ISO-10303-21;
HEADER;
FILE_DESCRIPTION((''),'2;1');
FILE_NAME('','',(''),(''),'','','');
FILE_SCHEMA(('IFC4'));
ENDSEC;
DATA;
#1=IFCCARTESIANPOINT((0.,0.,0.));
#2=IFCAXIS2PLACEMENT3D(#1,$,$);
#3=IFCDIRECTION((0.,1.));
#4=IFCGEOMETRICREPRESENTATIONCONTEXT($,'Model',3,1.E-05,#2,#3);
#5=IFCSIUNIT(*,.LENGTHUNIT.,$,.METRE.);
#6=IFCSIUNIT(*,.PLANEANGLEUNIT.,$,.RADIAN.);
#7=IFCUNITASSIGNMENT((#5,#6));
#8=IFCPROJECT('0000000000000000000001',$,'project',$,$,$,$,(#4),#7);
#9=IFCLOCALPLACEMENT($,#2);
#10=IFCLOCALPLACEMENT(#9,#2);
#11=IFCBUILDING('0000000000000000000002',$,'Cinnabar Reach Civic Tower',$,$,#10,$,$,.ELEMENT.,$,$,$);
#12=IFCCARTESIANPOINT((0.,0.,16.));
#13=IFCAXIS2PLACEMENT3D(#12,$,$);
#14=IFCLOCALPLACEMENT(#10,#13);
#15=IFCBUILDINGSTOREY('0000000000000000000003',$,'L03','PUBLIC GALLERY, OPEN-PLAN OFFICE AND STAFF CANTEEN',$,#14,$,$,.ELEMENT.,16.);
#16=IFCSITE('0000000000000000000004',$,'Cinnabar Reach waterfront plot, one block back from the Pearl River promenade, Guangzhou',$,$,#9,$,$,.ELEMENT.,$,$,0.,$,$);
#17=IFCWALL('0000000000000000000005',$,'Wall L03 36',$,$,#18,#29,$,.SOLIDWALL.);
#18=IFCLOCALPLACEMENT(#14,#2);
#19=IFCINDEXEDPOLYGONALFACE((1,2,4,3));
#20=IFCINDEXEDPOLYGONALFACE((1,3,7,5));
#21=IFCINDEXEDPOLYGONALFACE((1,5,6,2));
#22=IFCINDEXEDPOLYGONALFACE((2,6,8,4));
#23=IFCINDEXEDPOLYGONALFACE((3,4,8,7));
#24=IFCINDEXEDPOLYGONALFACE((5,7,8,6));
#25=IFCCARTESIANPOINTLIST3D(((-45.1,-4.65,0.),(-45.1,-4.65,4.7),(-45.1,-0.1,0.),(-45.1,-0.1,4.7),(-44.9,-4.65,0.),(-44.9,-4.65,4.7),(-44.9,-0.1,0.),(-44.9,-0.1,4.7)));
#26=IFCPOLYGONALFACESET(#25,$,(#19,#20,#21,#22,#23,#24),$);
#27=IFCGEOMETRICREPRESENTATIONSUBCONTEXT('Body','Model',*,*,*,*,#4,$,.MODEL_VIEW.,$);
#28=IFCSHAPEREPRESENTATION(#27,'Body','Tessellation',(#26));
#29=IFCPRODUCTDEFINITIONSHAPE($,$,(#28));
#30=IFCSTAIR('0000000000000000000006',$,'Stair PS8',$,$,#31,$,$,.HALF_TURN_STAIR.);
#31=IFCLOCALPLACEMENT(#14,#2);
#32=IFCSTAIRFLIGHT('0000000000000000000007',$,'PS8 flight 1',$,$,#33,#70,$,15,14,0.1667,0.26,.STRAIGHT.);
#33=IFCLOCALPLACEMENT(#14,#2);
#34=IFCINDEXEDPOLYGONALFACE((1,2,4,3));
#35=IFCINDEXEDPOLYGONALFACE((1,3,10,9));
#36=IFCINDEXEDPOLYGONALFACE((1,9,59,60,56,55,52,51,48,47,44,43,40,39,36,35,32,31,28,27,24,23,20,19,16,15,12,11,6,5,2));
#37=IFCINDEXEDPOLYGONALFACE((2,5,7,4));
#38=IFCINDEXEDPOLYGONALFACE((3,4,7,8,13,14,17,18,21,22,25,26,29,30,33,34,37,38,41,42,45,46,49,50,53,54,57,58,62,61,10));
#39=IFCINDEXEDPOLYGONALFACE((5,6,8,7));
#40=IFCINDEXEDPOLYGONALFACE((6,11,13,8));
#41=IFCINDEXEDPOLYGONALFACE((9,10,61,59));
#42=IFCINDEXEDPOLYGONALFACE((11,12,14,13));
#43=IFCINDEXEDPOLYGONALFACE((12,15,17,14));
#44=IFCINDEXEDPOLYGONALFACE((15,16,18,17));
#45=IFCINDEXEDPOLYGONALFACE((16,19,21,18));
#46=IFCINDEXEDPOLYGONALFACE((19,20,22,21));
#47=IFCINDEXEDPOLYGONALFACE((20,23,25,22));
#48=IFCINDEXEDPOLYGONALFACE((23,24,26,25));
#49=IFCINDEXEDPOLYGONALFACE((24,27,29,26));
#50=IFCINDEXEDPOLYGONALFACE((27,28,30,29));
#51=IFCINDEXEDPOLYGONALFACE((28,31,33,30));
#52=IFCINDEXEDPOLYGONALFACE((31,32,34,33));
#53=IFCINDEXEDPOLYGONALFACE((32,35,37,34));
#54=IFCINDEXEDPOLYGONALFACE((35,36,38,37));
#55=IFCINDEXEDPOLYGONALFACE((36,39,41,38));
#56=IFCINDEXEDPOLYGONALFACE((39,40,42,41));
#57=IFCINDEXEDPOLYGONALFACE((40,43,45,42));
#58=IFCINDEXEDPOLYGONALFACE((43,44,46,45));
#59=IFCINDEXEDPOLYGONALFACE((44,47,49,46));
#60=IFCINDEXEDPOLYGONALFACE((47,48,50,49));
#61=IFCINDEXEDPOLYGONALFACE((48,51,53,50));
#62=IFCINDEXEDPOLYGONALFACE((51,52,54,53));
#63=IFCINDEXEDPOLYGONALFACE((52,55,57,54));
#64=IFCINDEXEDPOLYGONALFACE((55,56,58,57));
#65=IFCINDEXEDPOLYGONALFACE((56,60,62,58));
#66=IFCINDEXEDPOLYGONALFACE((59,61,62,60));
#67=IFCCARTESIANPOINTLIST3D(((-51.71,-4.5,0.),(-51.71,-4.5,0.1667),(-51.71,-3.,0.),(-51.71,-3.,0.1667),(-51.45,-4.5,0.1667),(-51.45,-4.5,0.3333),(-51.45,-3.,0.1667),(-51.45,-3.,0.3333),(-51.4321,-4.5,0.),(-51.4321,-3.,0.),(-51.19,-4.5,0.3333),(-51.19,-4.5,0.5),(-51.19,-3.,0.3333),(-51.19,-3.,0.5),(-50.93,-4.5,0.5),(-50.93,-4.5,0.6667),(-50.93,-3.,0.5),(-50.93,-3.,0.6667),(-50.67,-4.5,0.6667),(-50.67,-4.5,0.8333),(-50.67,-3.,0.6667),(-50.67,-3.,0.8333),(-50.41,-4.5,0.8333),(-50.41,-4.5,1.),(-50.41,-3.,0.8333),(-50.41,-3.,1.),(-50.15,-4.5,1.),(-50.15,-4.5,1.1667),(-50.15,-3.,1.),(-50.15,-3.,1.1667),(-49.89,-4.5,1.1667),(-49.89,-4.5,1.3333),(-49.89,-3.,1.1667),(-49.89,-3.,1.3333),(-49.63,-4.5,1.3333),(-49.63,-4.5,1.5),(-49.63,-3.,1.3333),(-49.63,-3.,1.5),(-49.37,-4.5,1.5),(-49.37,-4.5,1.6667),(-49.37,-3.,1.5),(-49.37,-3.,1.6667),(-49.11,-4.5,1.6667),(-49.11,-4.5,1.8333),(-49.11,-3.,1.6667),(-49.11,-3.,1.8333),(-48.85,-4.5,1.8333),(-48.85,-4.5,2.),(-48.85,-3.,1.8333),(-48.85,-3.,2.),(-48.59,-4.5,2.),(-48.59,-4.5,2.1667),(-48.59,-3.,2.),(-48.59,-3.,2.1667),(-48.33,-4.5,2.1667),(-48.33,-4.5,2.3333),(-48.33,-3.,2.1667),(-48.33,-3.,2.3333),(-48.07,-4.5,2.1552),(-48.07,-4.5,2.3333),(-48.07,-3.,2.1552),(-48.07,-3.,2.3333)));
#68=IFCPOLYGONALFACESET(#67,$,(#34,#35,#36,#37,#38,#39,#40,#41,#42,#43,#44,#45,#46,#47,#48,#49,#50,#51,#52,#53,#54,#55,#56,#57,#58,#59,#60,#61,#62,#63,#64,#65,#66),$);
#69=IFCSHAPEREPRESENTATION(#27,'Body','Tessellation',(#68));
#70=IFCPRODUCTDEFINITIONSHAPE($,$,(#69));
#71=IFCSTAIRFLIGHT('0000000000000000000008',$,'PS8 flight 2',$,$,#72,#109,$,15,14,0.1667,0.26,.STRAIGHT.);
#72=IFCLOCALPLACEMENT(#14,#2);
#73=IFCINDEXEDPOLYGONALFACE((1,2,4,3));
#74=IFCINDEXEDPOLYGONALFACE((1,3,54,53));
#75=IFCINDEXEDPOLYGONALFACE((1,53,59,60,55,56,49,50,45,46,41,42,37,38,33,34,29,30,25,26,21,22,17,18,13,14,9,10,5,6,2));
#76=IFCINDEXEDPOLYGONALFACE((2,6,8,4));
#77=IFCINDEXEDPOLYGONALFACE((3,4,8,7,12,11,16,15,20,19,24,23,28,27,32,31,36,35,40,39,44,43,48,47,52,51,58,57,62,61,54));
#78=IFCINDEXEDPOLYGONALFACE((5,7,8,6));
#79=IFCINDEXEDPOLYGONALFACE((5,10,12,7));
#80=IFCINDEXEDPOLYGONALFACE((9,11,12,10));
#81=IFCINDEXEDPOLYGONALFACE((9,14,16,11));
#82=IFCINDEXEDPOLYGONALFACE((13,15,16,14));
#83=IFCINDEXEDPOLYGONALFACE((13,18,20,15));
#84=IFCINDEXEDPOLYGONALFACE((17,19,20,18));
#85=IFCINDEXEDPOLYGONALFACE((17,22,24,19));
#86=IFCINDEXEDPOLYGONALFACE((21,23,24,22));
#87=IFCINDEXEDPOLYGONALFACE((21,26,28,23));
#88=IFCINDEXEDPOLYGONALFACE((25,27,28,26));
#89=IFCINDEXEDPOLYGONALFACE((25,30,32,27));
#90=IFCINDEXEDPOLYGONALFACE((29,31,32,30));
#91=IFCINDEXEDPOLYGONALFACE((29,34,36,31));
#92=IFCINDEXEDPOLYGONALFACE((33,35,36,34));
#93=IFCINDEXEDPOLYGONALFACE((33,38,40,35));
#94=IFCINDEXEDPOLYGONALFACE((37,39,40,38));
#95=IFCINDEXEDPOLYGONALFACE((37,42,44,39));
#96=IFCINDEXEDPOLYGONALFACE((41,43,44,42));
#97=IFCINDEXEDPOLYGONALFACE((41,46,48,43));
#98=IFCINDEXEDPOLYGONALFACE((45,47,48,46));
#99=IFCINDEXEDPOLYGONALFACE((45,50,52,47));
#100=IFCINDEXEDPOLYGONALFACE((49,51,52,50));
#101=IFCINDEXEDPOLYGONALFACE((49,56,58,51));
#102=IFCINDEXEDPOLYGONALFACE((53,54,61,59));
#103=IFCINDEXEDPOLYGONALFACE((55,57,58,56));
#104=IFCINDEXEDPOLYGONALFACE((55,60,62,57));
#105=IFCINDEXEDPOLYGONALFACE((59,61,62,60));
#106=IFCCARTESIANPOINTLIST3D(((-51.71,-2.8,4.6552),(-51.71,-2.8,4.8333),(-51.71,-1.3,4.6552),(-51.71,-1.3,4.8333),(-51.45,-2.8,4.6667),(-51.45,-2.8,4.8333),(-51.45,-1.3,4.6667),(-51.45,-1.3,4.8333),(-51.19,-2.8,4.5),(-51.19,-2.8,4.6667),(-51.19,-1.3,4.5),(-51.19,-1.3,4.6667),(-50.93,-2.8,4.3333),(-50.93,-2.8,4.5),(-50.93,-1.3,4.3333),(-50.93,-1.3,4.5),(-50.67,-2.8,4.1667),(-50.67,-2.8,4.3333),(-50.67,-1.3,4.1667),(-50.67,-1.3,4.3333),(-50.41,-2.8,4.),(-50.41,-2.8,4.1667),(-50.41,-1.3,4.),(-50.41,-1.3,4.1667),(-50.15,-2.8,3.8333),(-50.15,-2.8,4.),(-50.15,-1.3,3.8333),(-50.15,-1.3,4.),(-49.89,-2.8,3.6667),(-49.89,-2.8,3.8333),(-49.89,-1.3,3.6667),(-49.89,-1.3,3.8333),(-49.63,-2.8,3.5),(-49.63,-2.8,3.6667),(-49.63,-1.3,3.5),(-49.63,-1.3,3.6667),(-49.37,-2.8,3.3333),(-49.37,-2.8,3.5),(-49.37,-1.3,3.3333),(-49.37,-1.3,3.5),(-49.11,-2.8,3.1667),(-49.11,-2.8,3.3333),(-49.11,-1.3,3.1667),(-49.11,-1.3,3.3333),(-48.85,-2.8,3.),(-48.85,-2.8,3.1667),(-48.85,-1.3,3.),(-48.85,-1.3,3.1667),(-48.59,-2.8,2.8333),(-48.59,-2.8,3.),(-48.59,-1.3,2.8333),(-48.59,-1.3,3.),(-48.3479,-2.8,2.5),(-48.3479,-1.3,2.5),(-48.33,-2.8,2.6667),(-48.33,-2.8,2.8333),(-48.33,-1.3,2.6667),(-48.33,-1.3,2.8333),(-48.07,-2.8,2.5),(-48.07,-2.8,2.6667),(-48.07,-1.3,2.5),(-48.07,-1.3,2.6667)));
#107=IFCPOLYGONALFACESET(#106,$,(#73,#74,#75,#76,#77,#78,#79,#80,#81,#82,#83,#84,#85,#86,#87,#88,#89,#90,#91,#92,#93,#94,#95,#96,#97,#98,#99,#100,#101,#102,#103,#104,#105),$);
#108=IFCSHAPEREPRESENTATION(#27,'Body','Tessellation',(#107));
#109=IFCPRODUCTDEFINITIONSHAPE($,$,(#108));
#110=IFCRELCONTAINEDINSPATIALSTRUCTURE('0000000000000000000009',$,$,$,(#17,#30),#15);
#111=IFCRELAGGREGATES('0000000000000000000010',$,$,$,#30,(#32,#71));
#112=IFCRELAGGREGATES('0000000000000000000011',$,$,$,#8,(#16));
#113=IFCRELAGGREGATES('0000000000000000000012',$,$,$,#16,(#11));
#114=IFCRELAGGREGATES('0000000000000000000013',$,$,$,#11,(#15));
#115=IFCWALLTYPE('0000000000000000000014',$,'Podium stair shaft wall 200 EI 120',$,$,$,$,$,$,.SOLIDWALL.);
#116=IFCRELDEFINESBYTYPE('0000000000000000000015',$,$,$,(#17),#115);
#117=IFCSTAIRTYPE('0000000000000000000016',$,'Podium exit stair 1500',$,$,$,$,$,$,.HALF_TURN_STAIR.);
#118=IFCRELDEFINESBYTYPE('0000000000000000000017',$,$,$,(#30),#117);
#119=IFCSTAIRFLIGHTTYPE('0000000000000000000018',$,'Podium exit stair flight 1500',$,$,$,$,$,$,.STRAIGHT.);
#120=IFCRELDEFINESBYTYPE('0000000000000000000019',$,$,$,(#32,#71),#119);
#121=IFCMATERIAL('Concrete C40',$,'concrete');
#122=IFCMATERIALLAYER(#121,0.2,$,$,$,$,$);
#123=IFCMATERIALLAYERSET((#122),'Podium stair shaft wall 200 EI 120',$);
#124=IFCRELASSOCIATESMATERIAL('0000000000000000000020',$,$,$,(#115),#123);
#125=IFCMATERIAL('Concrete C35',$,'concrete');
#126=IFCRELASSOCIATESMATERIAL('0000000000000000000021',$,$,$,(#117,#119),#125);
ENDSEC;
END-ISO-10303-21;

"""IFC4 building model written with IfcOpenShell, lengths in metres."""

from ifc_helpers import new_model, si_unit, direction, frame, frame_2d, origin, place, context, subcontext, project, spatial, polyline, rectangle, outline, extrude, material, layer, layer_set, type_object, element, aggregate, save


model = new_model("IFC4")

# Units and contexts
model_context = context("Model", 3, precision=1e-05, world=origin(), true_north=direction((0.0, 1.0)))
body_context = subcontext(model_context, "Body", "Model", "MODEL_VIEW")
ifc_project = project(units=[si_unit("LENGTHUNIT", "METRE"), si_unit("PLANEANGLEUNIT", "RADIAN")], contexts=[model_context])

# Site, building, storey
site_placement = place(None, origin())
site = spatial("IfcSite", under=ifc_project, at=site_placement, Name="Cinnabar Reach waterfront plot, one block back from the Pearl River promenade, Guangzhou", CompositionType="ELEMENT", RefElevation=0.0)
building_placement = place(site_placement, origin())
building = spatial("IfcBuilding", under=site, at=building_placement, Name="Cinnabar Reach Civic Tower", CompositionType="ELEMENT")
storey_placement = place(building_placement, frame((0.0, 0.0, 16.0)))
storey = spatial("IfcBuildingStorey", under=building, at=storey_placement, Name="L03", Description="PUBLIC GALLERY, OPEN-PLAN OFFICE AND STAFF CANTEEN", CompositionType="ELEMENT", Elevation=16.0)

# Shared definitions
ifc_material_1 = material(Name="Concrete C40", Category="concrete")
ifc_layer_1 = layer(ifc_material_1, 0.2)
ifc_layer_set_1 = layer_set([ifc_layer_1], Name="Podium stair shaft wall 200 EI 120")
wall_type_1 = type_object("IfcWallType", Name="Podium stair shaft wall 200 EI 120", PredefinedType="SOLIDWALL", material=ifc_layer_set_1)

# Wall
wall_1_placement = place(storey_placement, frame((-45.0, -4.65, 0.0), z_axis=(0.0, 0.0, 1.0), x_axis=(0.0, 1.0, 0.0)))
element("IfcWall", 1, at=wall_1_placement, inside=storey, type_object=wall_type_1, Name="Wall L03 36", PredefinedType="SOLIDWALL", context=body_context, shape_type="SweptSolid", body=[
    extrude(rectangle(XDim=4.55, YDim=0.2, at=frame_2d((2.275, 0.0))), origin(), (0.0, 0.0, 1.0), 4.7),
])

# Stair, stair flights
ifc_material_2 = material(Name="Concrete C35", Category="concrete")
stair_type = type_object("IfcStairType", Name="Podium exit stair 1500", PredefinedType="HALF_TURN_STAIR", material=ifc_material_2)
stair_placement = place(storey_placement, origin())
stair = element("IfcStair", 2, at=stair_placement, inside=storey, type_object=stair_type, Name="Stair PS8", PredefinedType="HALF_TURN_STAIR")
stair_flight_type = type_object("IfcStairFlightType", Name="Podium exit stair flight 1500", PredefinedType="STRAIGHT", material=ifc_material_2)
stair_flight_1_placement = place(storey_placement, frame((-51.71, -3.75, 0.0), z_axis=(0.0, 0.0, 1.0), x_axis=(1.0, 0.0, 0.0)))
stair_flight_1 = element("IfcStairFlight", 3, at=stair_flight_1_placement, type_object=stair_flight_type, Name="PS8 flight 1", NumberOfRisers=15, NumberOfTreads=14, PredefinedType="STRAIGHT", RiserHeight=0.1667, TreadLength=0.26, context=body_context, shape_type="SweptSolid", body=[
    extrude(outline(polyline([(0.0, 0.0), (0.0, 0.1667), (0.26, 0.1667), (0.26, 0.3333), (0.52, 0.3333), (0.52, 0.5), (0.78, 0.5), (0.78, 0.6667), (1.04, 0.6667), (1.04, 0.8333), (1.3, 0.8333), (1.3, 1.0), (1.56, 1.0), (1.56, 1.1667), (1.82, 1.1667), (1.82, 1.3333), (2.08, 1.3333), (2.08, 1.5), (2.34, 1.5), (2.34, 1.6667), (2.6, 1.6667), (2.6, 1.8333), (2.86, 1.8333), (2.86, 2.0), (3.12, 2.0), (3.12, 2.1667), (3.38, 2.1667), (3.38, 2.3333), (3.64, 2.3333), (3.64, 2.5), (3.64, 2.1552), (0.2779, 0.0), (0.0, 0.0)])), frame((0.0, 0.75, 0.0), z_axis=(0.0, -1.0, 0.0), x_axis=(1.0, 0.0, 0.0)), (0.0, 0.0, 1.0), 1.5),
])
stair_flight_2_placement = place(storey_placement, frame((-48.07, -2.05, 2.5), z_axis=(0.0, 0.0, 1.0), x_axis=(-1.0, 0.0, 0.0)))
stair_flight_2 = element("IfcStairFlight", 4, at=stair_flight_2_placement, type_object=stair_flight_type, Name="PS8 flight 2", NumberOfRisers=15, NumberOfTreads=14, PredefinedType="STRAIGHT", RiserHeight=0.1667, TreadLength=0.26, context=body_context, shape_type="SweptSolid", body=[
    extrude(outline(polyline([(0.0, 0.0), (0.0, 0.1667), (0.26, 0.1667), (0.26, 0.3333), (0.52, 0.3333), (0.52, 0.5), (0.78, 0.5), (0.78, 0.6667), (1.04, 0.6667), (1.04, 0.8333), (1.3, 0.8333), (1.3, 1.0), (1.56, 1.0), (1.56, 1.1667), (1.82, 1.1667), (1.82, 1.3333), (2.08, 1.3333), (2.08, 1.5), (2.34, 1.5), (2.34, 1.6667), (2.6, 1.6667), (2.6, 1.8333), (2.86, 1.8333), (2.86, 2.0), (3.12, 2.0), (3.12, 2.1667), (3.38, 2.1667), (3.38, 2.3333), (3.64, 2.3333), (3.64, 2.5), (3.64, 2.1552), (0.2779, 0.0), (0.0, 0.0)])), frame((0.0, 0.75, 0.0), z_axis=(0.0, -1.0, 0.0), x_axis=(1.0, 0.0, 0.0)), (0.0, 0.0, 1.0), 1.5),
])
aggregate(stair, [stair_flight_1, stair_flight_2])

save(model, "model.ifc")
